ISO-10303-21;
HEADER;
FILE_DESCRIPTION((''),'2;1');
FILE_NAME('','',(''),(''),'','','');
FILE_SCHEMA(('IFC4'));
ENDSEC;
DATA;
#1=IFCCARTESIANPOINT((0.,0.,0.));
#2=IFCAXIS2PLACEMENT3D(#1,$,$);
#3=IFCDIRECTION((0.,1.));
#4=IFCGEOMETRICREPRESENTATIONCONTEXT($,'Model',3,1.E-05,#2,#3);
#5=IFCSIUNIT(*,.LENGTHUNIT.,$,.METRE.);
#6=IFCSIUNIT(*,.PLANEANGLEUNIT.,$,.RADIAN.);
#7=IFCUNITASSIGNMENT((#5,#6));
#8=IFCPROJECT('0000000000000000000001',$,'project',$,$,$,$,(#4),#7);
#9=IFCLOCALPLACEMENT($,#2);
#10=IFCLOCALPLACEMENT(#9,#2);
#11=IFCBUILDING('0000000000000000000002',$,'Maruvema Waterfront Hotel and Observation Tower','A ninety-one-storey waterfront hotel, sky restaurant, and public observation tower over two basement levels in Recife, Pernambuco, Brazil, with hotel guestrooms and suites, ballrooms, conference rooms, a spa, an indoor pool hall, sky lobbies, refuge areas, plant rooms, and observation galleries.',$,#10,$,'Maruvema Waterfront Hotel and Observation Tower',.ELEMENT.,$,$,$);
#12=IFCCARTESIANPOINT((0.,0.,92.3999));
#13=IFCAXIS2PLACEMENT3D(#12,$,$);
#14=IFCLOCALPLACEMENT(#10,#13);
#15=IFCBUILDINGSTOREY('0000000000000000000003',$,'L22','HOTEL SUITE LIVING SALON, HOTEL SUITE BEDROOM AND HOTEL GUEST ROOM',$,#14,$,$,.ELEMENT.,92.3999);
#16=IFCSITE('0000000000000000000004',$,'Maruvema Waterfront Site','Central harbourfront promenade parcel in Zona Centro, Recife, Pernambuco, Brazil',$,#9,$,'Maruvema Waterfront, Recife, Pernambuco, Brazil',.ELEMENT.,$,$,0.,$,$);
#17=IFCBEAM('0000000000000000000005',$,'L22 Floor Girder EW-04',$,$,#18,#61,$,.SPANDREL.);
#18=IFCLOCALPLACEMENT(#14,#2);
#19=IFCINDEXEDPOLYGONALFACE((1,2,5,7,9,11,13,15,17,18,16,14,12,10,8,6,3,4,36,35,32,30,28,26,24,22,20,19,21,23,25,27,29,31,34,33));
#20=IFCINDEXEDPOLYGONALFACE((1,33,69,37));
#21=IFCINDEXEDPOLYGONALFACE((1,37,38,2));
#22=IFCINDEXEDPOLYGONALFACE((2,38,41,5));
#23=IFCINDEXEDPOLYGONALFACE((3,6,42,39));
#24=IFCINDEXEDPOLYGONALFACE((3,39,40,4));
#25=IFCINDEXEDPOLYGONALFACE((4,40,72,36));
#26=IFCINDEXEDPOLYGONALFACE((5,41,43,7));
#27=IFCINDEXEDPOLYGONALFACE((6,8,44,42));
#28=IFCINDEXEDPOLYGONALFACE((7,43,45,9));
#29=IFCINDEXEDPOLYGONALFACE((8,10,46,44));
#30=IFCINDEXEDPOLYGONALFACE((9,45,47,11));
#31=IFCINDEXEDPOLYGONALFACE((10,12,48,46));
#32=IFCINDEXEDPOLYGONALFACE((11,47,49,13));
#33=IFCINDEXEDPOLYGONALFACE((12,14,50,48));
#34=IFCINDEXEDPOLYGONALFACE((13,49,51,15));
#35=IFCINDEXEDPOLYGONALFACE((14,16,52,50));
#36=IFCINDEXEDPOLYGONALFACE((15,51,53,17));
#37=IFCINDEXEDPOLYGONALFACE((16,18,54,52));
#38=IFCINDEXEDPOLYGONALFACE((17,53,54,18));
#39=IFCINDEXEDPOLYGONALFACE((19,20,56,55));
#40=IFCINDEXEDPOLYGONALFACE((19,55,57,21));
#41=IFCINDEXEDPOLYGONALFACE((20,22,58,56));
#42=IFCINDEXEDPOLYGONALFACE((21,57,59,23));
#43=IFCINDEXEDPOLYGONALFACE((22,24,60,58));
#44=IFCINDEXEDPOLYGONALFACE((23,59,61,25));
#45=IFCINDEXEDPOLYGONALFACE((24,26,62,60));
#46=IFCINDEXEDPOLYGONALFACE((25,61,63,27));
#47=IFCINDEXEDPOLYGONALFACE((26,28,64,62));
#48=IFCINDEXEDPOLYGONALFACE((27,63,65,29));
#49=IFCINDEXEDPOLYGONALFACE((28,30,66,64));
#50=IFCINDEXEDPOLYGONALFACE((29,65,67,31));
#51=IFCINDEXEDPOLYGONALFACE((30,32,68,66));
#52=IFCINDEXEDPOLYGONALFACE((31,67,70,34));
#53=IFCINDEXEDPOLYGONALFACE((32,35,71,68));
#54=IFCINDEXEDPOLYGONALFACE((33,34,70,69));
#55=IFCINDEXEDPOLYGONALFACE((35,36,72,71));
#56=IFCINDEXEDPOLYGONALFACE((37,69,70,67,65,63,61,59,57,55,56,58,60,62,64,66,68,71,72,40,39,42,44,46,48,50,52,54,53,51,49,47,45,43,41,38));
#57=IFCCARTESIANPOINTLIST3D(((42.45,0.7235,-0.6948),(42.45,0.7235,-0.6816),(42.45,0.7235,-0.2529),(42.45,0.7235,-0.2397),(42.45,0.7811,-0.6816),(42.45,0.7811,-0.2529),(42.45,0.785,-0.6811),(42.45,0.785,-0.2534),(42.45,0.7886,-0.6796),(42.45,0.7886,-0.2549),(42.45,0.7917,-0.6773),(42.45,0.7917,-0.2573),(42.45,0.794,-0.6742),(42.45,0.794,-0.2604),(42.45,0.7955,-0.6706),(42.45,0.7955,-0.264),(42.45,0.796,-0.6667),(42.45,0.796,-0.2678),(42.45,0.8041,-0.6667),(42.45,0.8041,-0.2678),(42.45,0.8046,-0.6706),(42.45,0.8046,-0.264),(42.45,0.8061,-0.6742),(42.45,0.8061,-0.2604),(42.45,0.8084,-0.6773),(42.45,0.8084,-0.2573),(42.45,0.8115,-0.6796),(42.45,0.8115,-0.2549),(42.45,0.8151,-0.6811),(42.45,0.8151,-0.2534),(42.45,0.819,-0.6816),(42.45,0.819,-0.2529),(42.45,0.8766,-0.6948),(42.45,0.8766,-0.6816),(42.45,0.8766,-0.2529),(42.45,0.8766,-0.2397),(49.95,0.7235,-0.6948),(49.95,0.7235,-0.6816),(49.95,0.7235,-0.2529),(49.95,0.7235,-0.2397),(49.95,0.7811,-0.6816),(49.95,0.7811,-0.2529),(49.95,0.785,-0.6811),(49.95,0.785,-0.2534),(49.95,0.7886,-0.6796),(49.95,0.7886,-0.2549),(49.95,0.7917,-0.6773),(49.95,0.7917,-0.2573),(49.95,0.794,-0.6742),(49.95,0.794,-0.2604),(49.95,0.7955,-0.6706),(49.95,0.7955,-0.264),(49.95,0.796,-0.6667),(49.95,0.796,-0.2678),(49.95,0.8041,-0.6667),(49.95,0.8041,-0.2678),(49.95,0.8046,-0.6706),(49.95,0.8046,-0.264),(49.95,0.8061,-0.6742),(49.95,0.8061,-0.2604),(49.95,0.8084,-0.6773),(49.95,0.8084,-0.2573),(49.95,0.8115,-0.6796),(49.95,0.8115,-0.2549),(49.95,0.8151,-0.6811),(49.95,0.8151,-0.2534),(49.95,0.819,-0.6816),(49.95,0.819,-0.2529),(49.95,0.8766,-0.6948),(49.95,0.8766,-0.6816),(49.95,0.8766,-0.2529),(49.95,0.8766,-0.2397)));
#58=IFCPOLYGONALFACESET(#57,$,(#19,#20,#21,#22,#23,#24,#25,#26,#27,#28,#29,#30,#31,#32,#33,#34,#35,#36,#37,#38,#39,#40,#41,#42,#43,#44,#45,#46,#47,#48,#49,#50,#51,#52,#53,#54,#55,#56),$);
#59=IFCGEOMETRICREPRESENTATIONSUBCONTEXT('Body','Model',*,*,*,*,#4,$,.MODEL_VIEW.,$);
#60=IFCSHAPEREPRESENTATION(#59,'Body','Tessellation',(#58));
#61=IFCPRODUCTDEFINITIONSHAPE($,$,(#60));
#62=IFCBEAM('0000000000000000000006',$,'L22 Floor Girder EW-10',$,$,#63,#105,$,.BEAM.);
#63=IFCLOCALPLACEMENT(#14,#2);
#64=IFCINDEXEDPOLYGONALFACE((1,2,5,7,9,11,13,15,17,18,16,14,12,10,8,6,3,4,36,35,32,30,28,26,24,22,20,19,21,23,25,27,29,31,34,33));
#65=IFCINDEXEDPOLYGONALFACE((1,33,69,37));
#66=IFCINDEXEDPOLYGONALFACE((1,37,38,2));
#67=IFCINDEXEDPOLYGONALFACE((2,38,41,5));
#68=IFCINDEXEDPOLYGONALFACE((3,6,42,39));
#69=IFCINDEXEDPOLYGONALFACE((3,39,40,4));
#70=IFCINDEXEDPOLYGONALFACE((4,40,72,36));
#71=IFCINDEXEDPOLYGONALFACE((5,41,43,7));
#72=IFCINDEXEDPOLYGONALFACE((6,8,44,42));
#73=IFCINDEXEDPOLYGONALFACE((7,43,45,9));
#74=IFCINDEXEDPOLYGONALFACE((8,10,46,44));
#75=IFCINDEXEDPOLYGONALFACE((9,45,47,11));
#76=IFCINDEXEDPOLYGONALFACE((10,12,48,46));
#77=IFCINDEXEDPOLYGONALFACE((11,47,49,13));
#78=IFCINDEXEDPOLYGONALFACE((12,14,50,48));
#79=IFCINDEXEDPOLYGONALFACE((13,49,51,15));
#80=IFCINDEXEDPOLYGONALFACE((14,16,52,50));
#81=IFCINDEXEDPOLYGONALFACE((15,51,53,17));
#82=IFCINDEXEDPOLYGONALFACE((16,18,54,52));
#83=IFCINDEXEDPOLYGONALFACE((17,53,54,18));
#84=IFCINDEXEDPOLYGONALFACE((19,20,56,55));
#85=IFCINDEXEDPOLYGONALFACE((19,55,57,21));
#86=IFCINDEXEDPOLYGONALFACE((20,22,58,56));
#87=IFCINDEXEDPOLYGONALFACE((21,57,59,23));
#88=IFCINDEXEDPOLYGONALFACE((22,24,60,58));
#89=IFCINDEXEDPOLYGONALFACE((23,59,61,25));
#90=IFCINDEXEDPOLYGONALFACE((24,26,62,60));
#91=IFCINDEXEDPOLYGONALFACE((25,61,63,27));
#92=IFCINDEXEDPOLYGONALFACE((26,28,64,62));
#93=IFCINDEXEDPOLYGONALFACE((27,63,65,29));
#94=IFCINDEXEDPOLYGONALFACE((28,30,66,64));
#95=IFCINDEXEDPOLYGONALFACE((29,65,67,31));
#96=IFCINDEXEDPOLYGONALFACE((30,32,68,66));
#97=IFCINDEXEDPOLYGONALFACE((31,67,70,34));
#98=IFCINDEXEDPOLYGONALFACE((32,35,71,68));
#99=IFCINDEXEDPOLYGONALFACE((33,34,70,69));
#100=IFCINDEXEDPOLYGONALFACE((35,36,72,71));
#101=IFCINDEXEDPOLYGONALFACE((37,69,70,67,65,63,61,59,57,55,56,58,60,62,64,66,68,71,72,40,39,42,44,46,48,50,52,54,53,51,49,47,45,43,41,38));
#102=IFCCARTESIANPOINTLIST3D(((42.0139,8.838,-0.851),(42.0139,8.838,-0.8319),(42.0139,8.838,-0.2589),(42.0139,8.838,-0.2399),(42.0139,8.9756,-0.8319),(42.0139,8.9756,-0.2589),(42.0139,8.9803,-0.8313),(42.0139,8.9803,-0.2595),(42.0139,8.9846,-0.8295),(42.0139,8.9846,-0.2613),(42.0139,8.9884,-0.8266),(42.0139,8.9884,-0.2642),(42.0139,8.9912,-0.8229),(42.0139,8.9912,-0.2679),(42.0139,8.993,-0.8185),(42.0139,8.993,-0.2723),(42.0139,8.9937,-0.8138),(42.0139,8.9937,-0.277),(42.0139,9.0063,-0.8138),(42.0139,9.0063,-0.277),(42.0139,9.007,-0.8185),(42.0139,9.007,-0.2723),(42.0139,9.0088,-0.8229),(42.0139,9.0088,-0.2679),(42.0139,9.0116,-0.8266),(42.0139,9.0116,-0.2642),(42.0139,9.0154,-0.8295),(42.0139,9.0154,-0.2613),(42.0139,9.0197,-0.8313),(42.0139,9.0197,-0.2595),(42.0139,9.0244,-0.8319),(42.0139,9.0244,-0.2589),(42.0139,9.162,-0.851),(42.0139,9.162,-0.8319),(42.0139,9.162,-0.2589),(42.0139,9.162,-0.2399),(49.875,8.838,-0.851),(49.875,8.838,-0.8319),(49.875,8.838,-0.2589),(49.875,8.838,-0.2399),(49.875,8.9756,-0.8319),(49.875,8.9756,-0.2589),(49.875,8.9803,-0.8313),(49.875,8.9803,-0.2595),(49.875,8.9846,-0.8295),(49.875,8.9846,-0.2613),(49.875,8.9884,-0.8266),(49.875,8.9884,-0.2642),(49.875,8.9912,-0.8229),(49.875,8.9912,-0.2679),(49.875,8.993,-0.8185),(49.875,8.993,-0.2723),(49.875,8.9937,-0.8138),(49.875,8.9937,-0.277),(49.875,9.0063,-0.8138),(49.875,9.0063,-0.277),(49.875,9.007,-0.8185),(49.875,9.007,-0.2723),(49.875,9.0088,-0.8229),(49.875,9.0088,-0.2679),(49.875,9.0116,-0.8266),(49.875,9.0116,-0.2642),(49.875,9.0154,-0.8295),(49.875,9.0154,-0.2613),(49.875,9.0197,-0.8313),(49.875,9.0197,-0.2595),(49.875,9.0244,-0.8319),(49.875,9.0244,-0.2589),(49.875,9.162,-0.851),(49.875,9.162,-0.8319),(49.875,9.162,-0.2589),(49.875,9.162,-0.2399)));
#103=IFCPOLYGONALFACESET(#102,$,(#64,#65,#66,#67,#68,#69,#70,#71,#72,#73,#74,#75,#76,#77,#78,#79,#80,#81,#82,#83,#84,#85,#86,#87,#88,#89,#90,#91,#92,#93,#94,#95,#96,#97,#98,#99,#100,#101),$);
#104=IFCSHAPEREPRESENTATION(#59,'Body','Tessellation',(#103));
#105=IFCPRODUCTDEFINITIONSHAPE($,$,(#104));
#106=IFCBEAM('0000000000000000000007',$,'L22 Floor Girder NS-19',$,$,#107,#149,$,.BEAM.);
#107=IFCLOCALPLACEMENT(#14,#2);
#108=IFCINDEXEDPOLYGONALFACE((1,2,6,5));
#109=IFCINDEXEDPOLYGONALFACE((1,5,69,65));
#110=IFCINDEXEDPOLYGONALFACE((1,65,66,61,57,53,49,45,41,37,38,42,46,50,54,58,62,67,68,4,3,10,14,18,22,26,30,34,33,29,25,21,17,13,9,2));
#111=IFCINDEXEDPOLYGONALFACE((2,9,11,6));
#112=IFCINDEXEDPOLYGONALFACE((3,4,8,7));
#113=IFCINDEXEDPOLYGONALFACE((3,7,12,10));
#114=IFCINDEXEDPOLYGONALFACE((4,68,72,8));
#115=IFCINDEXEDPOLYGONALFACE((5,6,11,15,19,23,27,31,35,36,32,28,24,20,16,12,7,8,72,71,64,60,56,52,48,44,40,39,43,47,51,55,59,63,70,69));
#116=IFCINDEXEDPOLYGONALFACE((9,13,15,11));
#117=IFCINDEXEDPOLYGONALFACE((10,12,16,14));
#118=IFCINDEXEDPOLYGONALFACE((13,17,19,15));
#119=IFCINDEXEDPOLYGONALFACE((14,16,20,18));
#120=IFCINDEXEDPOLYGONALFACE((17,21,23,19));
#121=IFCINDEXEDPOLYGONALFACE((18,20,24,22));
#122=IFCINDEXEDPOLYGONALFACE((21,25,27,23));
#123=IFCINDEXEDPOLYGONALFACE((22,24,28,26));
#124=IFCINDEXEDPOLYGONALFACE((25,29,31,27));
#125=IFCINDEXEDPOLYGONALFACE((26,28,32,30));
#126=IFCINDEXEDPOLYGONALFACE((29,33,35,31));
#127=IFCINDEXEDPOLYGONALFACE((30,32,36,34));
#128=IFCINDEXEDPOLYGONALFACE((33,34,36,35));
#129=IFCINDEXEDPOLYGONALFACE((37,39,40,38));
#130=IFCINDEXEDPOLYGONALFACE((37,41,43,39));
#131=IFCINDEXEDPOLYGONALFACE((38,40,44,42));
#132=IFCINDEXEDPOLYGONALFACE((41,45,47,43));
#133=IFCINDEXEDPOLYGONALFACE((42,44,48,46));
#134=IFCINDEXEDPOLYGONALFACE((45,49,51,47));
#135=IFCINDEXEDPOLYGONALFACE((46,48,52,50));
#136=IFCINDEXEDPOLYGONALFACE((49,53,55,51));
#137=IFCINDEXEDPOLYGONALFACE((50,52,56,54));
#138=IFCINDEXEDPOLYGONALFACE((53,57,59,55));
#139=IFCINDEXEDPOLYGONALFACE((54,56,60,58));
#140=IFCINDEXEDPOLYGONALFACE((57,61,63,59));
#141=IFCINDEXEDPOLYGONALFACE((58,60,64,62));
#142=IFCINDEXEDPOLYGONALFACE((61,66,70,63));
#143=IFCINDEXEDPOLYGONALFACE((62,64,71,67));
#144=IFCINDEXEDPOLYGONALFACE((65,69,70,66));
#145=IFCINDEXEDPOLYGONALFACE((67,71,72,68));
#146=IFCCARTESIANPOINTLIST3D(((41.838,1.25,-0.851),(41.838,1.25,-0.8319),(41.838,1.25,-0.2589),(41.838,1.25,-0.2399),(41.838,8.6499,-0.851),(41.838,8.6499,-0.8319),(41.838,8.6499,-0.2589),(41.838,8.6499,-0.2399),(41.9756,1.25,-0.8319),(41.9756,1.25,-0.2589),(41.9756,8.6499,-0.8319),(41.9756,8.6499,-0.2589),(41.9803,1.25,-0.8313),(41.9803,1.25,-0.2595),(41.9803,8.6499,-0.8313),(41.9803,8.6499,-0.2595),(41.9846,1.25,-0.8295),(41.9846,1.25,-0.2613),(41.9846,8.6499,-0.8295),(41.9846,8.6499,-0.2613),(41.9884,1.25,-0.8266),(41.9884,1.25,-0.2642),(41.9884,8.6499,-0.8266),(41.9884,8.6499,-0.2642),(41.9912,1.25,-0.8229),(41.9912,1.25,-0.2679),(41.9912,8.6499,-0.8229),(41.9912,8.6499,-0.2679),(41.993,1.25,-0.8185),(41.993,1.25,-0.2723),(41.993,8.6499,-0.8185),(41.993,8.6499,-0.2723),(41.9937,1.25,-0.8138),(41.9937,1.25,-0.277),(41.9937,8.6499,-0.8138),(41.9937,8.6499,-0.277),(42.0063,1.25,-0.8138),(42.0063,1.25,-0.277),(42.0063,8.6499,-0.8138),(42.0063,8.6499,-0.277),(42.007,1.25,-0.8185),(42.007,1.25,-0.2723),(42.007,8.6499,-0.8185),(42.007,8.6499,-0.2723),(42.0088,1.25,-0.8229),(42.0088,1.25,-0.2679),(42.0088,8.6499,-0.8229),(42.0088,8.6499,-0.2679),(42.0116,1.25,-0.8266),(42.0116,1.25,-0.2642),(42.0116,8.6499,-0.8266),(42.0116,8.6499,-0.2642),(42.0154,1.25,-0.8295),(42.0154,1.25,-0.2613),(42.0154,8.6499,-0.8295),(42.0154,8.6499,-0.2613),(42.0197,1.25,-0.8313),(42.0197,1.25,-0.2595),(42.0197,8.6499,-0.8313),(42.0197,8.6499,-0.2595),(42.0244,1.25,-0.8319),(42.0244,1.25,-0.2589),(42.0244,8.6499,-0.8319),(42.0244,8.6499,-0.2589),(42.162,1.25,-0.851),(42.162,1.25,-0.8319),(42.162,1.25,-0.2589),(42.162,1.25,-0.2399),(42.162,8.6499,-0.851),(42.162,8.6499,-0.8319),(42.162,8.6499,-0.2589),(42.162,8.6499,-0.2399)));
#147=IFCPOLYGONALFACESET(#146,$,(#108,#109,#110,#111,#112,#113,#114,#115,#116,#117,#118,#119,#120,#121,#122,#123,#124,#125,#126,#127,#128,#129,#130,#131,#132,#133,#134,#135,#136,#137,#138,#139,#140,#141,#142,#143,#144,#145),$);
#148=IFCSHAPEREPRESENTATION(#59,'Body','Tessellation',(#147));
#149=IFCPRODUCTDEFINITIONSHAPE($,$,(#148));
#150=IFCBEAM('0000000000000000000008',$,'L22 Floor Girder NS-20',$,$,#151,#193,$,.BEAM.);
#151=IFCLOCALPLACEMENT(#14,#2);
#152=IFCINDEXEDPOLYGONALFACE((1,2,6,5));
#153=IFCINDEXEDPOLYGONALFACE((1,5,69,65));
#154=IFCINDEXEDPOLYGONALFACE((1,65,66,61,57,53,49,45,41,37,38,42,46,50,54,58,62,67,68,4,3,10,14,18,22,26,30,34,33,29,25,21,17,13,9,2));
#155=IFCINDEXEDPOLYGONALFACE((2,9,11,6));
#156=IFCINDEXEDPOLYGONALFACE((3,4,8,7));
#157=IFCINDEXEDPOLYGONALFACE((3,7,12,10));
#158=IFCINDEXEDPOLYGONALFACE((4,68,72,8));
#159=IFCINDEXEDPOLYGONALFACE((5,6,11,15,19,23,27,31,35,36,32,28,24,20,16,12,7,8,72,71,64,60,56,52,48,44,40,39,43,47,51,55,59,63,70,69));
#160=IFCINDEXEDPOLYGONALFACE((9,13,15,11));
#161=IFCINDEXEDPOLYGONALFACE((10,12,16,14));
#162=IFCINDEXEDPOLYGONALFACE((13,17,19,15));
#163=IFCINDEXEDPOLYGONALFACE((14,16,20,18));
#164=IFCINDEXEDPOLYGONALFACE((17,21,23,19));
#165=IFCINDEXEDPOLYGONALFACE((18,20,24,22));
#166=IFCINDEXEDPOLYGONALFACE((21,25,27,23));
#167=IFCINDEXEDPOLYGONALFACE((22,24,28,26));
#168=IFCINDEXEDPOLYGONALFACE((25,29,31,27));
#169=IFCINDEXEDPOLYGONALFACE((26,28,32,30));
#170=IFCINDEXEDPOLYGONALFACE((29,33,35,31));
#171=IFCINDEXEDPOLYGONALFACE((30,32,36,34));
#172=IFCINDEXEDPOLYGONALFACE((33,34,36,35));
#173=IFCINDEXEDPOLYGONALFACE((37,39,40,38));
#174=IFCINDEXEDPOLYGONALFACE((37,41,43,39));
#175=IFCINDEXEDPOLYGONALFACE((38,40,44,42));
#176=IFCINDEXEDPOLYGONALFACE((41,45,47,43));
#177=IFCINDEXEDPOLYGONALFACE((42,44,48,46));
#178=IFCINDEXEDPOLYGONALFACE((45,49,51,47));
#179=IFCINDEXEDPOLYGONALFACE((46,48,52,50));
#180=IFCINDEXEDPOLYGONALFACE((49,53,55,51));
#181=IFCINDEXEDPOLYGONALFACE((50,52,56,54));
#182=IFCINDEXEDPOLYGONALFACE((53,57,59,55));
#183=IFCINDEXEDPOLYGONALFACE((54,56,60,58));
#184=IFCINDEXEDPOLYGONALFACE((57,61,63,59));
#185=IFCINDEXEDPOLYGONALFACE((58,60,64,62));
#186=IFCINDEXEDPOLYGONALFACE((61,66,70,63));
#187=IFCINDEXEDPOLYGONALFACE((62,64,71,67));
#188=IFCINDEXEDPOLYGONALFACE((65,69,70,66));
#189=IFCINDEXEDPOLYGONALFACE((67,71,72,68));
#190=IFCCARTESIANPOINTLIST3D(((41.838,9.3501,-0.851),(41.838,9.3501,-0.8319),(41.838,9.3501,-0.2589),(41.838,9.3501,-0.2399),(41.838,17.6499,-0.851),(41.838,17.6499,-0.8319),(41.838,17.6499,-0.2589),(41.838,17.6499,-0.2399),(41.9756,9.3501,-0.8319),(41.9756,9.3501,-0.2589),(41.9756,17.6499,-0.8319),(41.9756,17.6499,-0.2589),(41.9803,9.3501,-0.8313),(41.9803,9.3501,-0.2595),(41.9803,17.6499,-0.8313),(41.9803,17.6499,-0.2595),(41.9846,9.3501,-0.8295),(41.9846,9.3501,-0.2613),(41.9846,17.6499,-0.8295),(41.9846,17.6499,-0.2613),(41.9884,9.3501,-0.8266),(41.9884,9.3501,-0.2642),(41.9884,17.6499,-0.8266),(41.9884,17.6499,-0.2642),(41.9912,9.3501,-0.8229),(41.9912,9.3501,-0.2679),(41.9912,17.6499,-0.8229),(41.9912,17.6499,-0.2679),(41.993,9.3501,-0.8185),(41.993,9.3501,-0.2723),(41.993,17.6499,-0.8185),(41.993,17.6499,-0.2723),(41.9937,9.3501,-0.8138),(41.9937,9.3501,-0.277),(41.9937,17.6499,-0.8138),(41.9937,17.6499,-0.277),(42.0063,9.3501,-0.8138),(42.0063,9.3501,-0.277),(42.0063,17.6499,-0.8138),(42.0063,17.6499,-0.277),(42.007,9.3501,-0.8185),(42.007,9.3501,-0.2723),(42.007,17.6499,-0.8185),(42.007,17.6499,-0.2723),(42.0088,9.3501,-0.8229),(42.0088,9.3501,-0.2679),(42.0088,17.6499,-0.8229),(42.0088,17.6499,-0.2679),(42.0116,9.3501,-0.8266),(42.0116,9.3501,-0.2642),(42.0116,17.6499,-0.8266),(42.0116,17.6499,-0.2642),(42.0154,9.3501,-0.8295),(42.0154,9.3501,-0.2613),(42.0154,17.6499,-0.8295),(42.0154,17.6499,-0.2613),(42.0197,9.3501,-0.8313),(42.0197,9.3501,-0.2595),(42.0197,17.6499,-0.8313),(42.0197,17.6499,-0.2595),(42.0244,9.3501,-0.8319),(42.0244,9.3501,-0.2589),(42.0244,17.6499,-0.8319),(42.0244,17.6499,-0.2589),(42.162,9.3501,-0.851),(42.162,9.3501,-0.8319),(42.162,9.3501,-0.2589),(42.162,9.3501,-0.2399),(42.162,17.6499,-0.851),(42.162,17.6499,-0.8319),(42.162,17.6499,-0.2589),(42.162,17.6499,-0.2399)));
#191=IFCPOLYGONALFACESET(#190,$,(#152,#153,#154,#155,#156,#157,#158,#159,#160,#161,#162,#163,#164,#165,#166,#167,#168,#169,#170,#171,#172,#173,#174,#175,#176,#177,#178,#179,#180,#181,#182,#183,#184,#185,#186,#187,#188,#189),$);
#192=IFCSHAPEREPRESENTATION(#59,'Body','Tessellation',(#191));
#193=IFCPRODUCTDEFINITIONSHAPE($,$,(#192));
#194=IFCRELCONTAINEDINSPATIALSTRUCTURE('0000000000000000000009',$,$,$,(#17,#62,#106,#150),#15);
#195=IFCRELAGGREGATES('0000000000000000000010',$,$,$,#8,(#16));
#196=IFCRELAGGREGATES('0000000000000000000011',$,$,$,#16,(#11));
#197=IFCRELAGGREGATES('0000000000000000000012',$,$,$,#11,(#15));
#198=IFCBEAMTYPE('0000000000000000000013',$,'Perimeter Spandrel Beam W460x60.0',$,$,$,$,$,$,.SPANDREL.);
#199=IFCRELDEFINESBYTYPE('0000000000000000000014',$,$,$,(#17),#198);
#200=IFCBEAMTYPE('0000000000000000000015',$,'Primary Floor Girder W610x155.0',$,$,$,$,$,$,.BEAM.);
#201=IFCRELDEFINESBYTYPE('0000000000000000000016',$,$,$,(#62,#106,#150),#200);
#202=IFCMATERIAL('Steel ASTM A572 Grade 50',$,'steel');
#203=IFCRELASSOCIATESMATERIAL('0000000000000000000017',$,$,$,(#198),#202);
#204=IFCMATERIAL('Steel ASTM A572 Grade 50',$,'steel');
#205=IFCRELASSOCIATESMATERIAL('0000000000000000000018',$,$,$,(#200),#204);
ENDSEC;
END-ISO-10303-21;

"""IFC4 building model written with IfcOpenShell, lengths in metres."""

from ifc_helpers import new_model, si_unit, direction, frame, origin, origin_2d, place, context, subcontext, project, spatial, i_section, extrude, material, material_profile, profile_set, type_object, element, save


model = new_model("IFC4")

# Units and contexts
model_context = context("Model", 3, precision=1e-05, world=origin(), true_north=direction((0.0, 1.0)))
body_context = subcontext(model_context, "Body", "Model", "MODEL_VIEW")
ifc_project = project(units=[si_unit("LENGTHUNIT", "METRE"), si_unit("PLANEANGLEUNIT", "RADIAN")], contexts=[model_context])

# Site, building, storey
site_placement = place(None, origin())
site = spatial("IfcSite", under=ifc_project, at=site_placement, Name="Maruvema Waterfront Site", Description="Central harbourfront promenade parcel in Zona Centro, Recife, Pernambuco, Brazil", LongName="Maruvema Waterfront, Recife, Pernambuco, Brazil", CompositionType="ELEMENT", RefElevation=0.0)
building_placement = place(site_placement, origin())
building = spatial("IfcBuilding", under=site, at=building_placement, Name="Maruvema Waterfront Hotel and Observation Tower", Description="A ninety-one-storey waterfront hotel, sky restaurant, and public observation tower over two basement levels in Recife, Pernambuco, Brazil, with hotel guestrooms and suites, ballrooms, conference rooms, a spa, an indoor pool hall, sky lobbies, refuge areas, plant rooms, and observation galleries.", LongName="Maruvema Waterfront Hotel and Observation Tower", CompositionType="ELEMENT")
storey_placement = place(building_placement, frame((0.0, 0.0, 92.3999)))
storey = spatial("IfcBuildingStorey", under=building, at=storey_placement, Name="L22", Description="HOTEL SUITE LIVING SALON, HOTEL SUITE BEDROOM AND HOTEL GUEST ROOM", CompositionType="ELEMENT", Elevation=92.3999)

# Beams
ifc_material_1 = material(Name="Steel ASTM A572 Grade 50", Category="steel")
ifc_material_profile_1 = material_profile(ifc_material_1, i_section(OverallWidth=0.1531, OverallDepth=0.4551, WebThickness=0.0081, FlangeThickness=0.0132, FilletRadius=0.0149, at=origin_2d()), Name="W460x60.0")
ifc_profile_set_1 = profile_set([ifc_material_profile_1], Name="Steel ASTM A572 Grade 50")
beam_type_1 = type_object("IfcBeamType", Name="Perimeter Spandrel Beam W460x60.0", PredefinedType="SPANDREL", material=ifc_profile_set_1)
beam_1_placement = place(storey_placement, frame((42.45, 0.8, -0.4673), z_axis=(1.0, 0.0, 0.0), x_axis=(0.0, 1.0, 0.0)))
element("IfcBeam", 1, at=beam_1_placement, inside=storey, type_object=beam_type_1, Name="L22 Floor Girder EW-04", PredefinedType="SPANDREL", context=body_context, shape_type="SweptSolid", body=[
    extrude(i_section(OverallWidth=0.1531, OverallDepth=0.4551, WebThickness=0.0081, FlangeThickness=0.0132, FilletRadius=0.0149, at=origin_2d()), origin(), (0.0, 0.0, 1.0), 7.5),
])
ifc_material_2 = material(Name="Steel ASTM A572 Grade 50", Category="steel")
ifc_material_profile_2 = material_profile(ifc_material_2, i_section(OverallWidth=0.324, OverallDepth=0.6111, WebThickness=0.0127, FlangeThickness=0.019, FilletRadius=0.0181, at=origin_2d()), Name="W610x155.0")
ifc_profile_set_2 = profile_set([ifc_material_profile_2], Name="Steel ASTM A572 Grade 50")
beam_type_2 = type_object("IfcBeamType", Name="Primary Floor Girder W610x155.0", PredefinedType="BEAM", material=ifc_profile_set_2)
beam_2_placement = place(storey_placement, frame((42.0139, 9.0, -0.5454), z_axis=(1.0, 0.0, 0.0), x_axis=(0.0, 1.0, 0.0)))
element("IfcBeam", 2, at=beam_2_placement, inside=storey, type_object=beam_type_2, Name="L22 Floor Girder EW-10", PredefinedType="BEAM", context=body_context, shape_type="SweptSolid", body=[
    extrude(i_section(OverallWidth=0.324, OverallDepth=0.6111, WebThickness=0.0127, FlangeThickness=0.019, FilletRadius=0.0181, at=origin_2d()), origin(), (0.0, 0.0, 1.0), 7.8611),
])
beam_3_placement = place(storey_placement, frame((42.0, 1.25, -0.5454), z_axis=(0.0, 1.0, 0.0), x_axis=(-1.0, 0.0, 0.0)))
element("IfcBeam", 3, at=beam_3_placement, inside=storey, type_object=beam_type_2, Name="L22 Floor Girder NS-19", PredefinedType="BEAM", context=body_context, shape_type="SweptSolid", body=[
    extrude(i_section(OverallWidth=0.324, OverallDepth=0.6111, WebThickness=0.0127, FlangeThickness=0.019, FilletRadius=0.0181, at=origin_2d()), origin(), (0.0, 0.0, 1.0), 7.3999),
])
beam_4_placement = place(storey_placement, frame((42.0, 9.3501, -0.5454), z_axis=(0.0, 1.0, 0.0), x_axis=(-1.0, 0.0, 0.0)))
element("IfcBeam", 4, at=beam_4_placement, inside=storey, type_object=beam_type_2, Name="L22 Floor Girder NS-20", PredefinedType="BEAM", context=body_context, shape_type="SweptSolid", body=[
    extrude(i_section(OverallWidth=0.324, OverallDepth=0.6111, WebThickness=0.0127, FlangeThickness=0.019, FilletRadius=0.0181, at=origin_2d()), origin(), (0.0, 0.0, 1.0), 8.2998),
])

save(model, "model.ifc")
